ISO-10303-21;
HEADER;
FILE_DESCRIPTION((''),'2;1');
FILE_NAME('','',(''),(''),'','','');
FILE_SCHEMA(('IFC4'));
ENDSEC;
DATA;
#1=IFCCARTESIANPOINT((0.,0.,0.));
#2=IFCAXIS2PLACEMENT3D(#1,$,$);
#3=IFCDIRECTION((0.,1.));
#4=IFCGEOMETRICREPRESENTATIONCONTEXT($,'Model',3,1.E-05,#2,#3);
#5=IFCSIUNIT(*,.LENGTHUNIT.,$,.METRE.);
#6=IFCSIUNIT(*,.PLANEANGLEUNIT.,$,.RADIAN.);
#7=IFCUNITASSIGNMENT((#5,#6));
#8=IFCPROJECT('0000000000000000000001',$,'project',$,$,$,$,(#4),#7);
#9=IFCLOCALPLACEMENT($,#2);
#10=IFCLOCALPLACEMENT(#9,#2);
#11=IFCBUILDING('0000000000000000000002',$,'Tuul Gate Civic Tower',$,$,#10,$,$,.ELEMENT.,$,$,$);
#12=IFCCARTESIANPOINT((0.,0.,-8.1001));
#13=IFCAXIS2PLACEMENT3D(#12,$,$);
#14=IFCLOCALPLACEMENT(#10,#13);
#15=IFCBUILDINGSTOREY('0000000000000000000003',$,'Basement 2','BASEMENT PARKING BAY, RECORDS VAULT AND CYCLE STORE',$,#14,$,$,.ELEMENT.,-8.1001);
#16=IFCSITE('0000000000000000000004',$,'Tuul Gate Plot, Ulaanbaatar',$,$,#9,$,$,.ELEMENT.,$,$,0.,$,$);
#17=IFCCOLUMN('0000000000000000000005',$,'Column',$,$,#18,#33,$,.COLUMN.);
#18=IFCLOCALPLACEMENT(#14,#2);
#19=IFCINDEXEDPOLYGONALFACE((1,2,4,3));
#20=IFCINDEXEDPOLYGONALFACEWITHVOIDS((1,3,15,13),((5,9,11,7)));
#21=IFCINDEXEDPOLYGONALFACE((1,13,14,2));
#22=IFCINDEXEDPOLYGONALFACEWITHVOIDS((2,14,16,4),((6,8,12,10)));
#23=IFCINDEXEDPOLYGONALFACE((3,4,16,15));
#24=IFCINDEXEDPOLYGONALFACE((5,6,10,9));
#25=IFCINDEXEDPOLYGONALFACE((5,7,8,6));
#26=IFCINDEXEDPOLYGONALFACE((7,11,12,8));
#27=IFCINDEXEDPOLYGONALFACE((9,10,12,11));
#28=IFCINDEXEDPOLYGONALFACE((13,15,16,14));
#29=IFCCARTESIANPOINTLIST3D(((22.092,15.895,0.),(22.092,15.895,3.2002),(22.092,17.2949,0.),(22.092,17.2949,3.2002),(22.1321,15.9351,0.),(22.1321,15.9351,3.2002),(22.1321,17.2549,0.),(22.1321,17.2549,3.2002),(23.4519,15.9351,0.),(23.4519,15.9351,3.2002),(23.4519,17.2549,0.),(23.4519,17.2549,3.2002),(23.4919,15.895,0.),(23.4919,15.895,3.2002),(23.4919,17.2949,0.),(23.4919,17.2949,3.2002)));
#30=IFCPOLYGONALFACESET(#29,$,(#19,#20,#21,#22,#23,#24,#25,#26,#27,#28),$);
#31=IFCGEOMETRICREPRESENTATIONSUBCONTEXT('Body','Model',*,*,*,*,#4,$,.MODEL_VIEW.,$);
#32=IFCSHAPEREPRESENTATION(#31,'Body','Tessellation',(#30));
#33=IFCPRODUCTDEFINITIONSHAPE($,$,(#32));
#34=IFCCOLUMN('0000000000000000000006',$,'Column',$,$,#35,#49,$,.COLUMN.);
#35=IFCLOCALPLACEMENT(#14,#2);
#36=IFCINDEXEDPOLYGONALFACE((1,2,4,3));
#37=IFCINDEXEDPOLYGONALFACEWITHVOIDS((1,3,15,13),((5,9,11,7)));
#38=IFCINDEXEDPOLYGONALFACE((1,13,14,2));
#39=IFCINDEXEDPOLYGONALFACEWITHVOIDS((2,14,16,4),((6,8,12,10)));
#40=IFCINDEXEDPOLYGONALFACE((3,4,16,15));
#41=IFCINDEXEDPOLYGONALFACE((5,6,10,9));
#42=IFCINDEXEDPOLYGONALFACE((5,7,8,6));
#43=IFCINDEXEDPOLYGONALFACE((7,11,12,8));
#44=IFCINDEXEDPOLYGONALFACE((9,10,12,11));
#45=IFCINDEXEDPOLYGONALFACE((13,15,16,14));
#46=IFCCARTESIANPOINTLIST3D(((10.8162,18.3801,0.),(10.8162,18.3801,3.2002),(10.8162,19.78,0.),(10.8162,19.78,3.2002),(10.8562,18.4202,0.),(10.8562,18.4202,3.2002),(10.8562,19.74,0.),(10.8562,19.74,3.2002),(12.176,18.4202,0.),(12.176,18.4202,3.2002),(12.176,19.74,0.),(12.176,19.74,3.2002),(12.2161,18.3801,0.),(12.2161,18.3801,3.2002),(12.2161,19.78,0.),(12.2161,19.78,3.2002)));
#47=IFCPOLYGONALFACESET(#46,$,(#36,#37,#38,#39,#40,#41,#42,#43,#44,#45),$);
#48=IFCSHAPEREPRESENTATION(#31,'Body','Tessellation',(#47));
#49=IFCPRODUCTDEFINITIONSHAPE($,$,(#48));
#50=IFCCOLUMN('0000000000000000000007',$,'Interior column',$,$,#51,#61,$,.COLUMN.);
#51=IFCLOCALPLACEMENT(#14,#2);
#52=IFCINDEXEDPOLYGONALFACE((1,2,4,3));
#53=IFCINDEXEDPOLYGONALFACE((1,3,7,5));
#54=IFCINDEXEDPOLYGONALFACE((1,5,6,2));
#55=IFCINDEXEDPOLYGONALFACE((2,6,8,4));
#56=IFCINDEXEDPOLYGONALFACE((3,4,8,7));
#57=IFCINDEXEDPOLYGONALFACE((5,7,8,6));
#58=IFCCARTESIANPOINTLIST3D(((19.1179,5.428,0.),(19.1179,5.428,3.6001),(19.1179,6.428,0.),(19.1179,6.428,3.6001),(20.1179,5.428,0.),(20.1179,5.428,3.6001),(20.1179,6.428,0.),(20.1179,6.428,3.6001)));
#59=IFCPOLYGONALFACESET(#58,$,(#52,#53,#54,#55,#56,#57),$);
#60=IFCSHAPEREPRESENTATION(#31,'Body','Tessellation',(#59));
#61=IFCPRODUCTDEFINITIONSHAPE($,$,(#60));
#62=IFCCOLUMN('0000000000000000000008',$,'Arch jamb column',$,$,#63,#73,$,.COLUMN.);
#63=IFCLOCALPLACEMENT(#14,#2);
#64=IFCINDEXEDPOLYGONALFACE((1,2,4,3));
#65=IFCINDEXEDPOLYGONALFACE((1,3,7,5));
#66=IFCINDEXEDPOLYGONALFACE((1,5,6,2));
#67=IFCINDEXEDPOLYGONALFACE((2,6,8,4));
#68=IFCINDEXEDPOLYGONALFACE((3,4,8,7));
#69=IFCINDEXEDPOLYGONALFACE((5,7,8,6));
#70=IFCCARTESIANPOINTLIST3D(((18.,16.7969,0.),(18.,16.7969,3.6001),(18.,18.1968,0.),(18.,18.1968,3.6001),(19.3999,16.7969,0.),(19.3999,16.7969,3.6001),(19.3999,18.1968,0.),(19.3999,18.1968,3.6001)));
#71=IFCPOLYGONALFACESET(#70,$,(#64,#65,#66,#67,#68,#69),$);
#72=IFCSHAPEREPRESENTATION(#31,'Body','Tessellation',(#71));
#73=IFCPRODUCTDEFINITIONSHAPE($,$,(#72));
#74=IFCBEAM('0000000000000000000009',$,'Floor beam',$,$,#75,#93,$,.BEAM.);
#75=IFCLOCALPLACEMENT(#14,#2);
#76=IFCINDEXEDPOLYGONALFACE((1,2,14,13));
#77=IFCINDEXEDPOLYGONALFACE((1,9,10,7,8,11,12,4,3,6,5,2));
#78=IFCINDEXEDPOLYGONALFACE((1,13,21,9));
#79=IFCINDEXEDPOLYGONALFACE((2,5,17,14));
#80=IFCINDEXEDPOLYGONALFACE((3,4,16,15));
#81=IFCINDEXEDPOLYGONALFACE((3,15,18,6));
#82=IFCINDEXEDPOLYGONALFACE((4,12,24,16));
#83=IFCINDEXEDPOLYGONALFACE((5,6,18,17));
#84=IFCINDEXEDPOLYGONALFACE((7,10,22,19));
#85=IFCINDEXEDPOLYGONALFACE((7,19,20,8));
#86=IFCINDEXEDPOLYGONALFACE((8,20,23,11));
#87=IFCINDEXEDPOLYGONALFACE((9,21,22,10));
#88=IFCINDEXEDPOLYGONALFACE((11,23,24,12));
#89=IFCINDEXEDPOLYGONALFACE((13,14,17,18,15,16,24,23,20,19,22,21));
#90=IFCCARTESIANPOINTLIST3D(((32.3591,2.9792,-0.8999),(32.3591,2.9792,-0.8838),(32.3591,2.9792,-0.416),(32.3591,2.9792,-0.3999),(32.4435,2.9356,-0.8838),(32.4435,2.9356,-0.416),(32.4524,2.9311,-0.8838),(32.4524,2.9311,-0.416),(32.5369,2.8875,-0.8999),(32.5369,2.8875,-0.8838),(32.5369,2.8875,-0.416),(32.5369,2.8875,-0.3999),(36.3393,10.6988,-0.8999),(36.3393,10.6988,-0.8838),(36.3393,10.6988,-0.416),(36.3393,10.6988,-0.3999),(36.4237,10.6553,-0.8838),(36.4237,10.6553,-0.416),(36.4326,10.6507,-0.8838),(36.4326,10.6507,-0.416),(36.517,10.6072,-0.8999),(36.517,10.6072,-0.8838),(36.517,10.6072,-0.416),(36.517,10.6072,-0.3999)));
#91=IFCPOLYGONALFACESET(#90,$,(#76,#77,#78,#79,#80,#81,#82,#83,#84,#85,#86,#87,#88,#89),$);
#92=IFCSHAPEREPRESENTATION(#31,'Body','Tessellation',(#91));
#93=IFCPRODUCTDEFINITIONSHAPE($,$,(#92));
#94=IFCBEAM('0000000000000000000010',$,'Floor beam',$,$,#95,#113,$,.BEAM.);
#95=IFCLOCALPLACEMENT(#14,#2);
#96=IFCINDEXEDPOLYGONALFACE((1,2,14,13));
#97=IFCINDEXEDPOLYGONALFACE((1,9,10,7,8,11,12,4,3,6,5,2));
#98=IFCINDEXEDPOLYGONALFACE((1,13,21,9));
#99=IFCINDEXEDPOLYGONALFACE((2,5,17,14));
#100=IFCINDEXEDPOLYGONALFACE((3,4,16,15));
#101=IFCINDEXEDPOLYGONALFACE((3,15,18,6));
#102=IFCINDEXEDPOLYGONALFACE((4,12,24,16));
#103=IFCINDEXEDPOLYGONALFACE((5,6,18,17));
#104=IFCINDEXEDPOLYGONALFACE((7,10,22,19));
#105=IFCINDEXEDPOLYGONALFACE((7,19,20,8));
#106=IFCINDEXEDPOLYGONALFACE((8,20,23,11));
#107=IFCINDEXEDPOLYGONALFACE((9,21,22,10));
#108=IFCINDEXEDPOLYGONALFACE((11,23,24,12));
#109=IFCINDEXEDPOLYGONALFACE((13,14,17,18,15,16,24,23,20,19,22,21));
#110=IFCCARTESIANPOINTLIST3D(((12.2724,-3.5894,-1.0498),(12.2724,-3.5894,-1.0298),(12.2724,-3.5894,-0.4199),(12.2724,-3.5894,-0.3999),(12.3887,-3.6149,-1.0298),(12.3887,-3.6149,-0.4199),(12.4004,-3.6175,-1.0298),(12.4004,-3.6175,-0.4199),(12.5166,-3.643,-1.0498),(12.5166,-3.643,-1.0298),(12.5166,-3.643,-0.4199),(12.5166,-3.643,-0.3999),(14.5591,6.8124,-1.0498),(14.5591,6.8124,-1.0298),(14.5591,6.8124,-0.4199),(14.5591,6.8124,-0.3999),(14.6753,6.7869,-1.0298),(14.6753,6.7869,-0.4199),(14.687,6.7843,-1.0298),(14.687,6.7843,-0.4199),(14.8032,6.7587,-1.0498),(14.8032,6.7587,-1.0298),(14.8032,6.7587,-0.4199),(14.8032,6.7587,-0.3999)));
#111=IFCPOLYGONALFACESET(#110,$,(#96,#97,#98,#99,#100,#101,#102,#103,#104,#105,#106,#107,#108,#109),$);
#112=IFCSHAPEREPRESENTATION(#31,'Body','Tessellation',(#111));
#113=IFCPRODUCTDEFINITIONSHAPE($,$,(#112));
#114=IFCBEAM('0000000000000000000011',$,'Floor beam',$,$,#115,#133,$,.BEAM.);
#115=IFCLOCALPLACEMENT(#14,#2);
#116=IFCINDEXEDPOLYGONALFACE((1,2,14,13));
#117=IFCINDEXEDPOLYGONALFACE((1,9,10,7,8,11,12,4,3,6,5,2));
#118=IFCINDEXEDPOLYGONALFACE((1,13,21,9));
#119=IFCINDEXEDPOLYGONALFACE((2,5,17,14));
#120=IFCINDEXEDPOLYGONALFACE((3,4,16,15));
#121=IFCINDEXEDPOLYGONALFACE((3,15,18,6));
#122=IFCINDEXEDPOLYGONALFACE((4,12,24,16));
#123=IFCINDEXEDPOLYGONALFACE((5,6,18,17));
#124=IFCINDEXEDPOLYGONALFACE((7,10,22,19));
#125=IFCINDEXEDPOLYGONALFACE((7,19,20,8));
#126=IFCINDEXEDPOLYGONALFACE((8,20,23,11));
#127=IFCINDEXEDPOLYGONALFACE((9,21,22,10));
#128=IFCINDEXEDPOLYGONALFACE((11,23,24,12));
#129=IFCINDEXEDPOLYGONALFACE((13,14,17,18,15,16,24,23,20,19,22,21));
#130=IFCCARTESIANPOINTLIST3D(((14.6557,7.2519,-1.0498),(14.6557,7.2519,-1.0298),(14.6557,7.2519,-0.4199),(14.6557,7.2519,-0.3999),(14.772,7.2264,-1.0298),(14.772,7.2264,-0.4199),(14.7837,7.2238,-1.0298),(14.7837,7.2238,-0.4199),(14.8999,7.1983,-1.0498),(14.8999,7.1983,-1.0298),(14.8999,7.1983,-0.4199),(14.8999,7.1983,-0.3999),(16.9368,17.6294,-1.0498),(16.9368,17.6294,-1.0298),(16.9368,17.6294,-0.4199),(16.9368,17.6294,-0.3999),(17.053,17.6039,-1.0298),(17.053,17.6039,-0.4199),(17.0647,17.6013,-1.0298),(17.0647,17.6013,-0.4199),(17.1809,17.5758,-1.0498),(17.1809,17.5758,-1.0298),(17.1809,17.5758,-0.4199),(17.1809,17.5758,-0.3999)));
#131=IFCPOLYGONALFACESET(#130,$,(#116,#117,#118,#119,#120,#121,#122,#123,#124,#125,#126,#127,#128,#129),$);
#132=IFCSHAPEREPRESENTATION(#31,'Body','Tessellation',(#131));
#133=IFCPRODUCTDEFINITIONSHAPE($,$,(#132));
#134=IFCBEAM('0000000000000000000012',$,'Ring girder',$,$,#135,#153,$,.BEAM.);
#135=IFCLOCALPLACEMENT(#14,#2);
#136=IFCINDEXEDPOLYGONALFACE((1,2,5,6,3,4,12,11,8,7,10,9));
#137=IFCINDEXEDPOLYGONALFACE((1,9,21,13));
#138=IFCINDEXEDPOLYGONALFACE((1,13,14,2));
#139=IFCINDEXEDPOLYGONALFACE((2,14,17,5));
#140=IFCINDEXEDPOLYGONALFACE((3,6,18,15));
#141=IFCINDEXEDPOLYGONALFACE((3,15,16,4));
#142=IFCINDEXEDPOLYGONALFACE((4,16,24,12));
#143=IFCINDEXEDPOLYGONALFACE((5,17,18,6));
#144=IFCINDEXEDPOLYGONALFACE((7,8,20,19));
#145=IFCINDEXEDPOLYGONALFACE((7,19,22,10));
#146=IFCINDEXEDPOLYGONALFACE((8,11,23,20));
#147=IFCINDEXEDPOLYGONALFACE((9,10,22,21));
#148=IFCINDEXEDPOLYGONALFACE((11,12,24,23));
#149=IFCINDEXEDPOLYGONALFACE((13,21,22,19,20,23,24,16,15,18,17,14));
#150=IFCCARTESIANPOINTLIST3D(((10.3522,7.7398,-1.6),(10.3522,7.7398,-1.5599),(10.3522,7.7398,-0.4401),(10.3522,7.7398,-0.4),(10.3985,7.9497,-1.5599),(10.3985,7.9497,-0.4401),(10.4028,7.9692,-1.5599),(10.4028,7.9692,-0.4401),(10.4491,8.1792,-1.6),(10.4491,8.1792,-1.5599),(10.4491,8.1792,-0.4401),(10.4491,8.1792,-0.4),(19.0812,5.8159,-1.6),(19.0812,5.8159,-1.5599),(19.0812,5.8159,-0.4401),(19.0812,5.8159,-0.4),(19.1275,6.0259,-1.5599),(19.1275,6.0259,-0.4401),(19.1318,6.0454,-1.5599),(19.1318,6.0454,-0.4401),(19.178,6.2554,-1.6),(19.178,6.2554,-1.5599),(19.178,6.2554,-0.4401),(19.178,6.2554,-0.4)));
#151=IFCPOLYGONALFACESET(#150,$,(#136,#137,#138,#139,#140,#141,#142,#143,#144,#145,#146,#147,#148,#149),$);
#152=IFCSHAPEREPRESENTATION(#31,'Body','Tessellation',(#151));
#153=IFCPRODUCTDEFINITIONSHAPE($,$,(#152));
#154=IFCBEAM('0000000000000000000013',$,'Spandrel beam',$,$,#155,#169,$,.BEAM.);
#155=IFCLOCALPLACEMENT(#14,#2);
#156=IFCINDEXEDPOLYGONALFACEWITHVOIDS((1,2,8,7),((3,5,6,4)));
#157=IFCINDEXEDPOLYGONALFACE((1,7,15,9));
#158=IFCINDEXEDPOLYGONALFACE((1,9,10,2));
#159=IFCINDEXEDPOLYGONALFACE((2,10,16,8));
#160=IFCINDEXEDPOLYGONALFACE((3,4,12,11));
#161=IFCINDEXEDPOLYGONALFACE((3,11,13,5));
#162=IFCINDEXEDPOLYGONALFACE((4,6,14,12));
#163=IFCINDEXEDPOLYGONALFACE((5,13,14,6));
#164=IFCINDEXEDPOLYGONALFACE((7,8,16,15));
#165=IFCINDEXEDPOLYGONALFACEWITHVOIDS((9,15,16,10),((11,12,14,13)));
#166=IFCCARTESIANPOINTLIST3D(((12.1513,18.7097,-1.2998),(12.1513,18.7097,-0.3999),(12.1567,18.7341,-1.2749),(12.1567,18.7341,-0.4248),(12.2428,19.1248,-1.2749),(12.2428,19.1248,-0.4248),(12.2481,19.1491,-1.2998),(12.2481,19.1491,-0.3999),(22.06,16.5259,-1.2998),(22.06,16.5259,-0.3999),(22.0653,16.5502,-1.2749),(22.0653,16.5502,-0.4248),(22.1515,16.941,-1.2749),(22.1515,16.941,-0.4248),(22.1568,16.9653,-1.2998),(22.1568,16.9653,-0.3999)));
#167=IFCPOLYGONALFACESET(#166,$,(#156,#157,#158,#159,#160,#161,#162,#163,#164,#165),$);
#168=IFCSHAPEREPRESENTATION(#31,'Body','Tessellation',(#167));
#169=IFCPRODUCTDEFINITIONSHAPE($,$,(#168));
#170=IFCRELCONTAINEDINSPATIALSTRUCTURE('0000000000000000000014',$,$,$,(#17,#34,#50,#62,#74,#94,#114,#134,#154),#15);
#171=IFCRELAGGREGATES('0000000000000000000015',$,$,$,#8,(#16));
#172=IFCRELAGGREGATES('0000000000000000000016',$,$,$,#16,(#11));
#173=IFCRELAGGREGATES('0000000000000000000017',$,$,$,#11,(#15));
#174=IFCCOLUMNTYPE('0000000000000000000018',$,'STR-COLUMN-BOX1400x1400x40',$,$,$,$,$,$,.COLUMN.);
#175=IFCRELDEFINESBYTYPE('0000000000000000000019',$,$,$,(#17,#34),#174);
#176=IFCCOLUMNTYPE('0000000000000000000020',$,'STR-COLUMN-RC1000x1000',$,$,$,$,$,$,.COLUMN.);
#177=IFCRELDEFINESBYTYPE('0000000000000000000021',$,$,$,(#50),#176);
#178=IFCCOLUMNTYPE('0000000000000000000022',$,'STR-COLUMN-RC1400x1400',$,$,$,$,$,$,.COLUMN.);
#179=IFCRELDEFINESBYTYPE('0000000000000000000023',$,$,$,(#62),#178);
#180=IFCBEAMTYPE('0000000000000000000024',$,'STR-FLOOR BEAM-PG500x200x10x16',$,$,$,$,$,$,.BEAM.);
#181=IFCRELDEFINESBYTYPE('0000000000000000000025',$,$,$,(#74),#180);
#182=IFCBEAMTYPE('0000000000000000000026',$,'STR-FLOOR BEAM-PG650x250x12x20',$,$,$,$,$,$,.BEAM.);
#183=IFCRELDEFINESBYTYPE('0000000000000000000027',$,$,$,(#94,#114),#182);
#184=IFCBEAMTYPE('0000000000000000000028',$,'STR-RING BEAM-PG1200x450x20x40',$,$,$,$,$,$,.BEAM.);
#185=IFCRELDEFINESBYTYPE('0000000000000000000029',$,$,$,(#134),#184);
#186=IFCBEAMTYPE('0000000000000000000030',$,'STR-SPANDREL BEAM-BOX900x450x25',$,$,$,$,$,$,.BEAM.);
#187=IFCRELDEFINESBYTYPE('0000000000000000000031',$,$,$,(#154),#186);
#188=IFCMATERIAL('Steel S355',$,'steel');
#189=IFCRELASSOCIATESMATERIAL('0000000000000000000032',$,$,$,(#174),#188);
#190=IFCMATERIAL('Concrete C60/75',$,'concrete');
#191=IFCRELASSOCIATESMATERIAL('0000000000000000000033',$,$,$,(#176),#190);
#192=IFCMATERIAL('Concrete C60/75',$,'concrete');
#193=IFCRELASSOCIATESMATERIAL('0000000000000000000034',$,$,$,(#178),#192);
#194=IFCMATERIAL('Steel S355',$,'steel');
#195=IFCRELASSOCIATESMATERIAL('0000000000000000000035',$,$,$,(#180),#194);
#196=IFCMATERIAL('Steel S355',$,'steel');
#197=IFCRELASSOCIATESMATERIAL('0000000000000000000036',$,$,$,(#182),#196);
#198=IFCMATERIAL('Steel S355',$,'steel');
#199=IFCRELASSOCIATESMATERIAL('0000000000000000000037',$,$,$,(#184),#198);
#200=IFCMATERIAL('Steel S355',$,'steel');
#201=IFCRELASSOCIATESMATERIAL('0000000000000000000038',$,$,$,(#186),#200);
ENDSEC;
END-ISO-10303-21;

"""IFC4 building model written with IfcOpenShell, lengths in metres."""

from ifc_helpers import new_model, si_unit, direction, frame, origin, origin_2d, place, context, subcontext, project, spatial, rectangle, hollow_rectangle, i_section, extrude, material, material_profile, profile_set, type_object, element, save


model = new_model("IFC4")

# Units and contexts
model_context = context("Model", 3, precision=1e-05, world=origin(), true_north=direction((0.0, 1.0)))
body_context = subcontext(model_context, "Body", "Model", "MODEL_VIEW")
ifc_project = project(units=[si_unit("LENGTHUNIT", "METRE"), si_unit("PLANEANGLEUNIT", "RADIAN")], contexts=[model_context])

# Site, building, storey
site_placement = place(None, origin())
site = spatial("IfcSite", under=ifc_project, at=site_placement, Name="Tuul Gate Plot, Ulaanbaatar", CompositionType="ELEMENT", RefElevation=0.0)
building_placement = place(site_placement, origin())
building = spatial("IfcBuilding", under=site, at=building_placement, Name="Tuul Gate Civic Tower", CompositionType="ELEMENT")
storey_placement = place(building_placement, frame((0.0, 0.0, -8.1001)))
storey = spatial("IfcBuildingStorey", under=building, at=storey_placement, Name="Basement 2", Description="BASEMENT PARKING BAY, RECORDS VAULT AND CYCLE STORE", CompositionType="ELEMENT", Elevation=-8.1001)

# Columns
ifc_material_1 = material(Name="Steel S355", Category="steel")
ifc_material_profile_1 = material_profile(ifc_material_1, hollow_rectangle(XDim=1.3999, YDim=1.3999, WallThickness=0.04, at=origin_2d()), Name="BOX1400x1400x40")
ifc_profile_set_1 = profile_set([ifc_material_profile_1], Name="Steel S355")
column_type_1 = type_object("IfcColumnType", Name="STR-COLUMN-BOX1400x1400x40", PredefinedType="COLUMN", material=ifc_profile_set_1)
for number, where, z_axis, x_axis, name in (
    (1, (22.792, 16.595, 0.0), (0.0, 0.0, 1.0), (1.0, 0.0, 0.0), "Column"),
    (2, (11.5161, 19.0801, 0.0), (0.0, 0.0, 1.0), (1.0, 0.0, 0.0), "Column"),
):
    element("IfcColumn", number, at=place(storey_placement, frame(where, z_axis=z_axis, x_axis=x_axis)), inside=storey, type_object=column_type_1, Name=name, PredefinedType="COLUMN", context=body_context, shape_type="SweptSolid", body=[
        extrude(hollow_rectangle(XDim=1.3999, YDim=1.3999, WallThickness=0.04, at=origin_2d()), origin(), (0.0, 0.0, 1.0), 3.2002),
    ])
ifc_material_2 = material(Name="Concrete C60/75", Category="concrete")
ifc_material_profile_2 = material_profile(ifc_material_2, rectangle(XDim=1.0, YDim=1.0, at=origin_2d()), Name="RC1000x1000")
ifc_profile_set_2 = profile_set([ifc_material_profile_2], Name="Concrete C60/75")
column_type_2 = type_object("IfcColumnType", Name="STR-COLUMN-RC1000x1000", PredefinedType="COLUMN", material=ifc_profile_set_2)
column_1_placement = place(storey_placement, frame((19.6179, 5.928, 0.0), z_axis=(0.0, 0.0, 1.0), x_axis=(1.0, 0.0, 0.0)))
element("IfcColumn", 3, at=column_1_placement, inside=storey, type_object=column_type_2, Name="Interior column", PredefinedType="COLUMN", context=body_context, shape_type="SweptSolid", body=[
    extrude(rectangle(XDim=1.0, YDim=1.0, at=origin_2d()), origin(), (0.0, 0.0, 1.0), 3.6001),
])
ifc_material_3 = material(Name="Concrete C60/75", Category="concrete")
ifc_material_profile_3 = material_profile(ifc_material_3, rectangle(XDim=1.3999, YDim=1.3999, at=origin_2d()), Name="RC1400x1400")
ifc_profile_set_3 = profile_set([ifc_material_profile_3], Name="Concrete C60/75")
column_type_3 = type_object("IfcColumnType", Name="STR-COLUMN-RC1400x1400", PredefinedType="COLUMN", material=ifc_profile_set_3)
column_2_placement = place(storey_placement, frame((18.7, 17.4968, 0.0), z_axis=(0.0, 0.0, 1.0), x_axis=(1.0, 0.0, 0.0)))
element("IfcColumn", 4, at=column_2_placement, inside=storey, type_object=column_type_3, Name="Arch jamb column", PredefinedType="COLUMN", context=body_context, shape_type="SweptSolid", body=[
    extrude(rectangle(XDim=1.3999, YDim=1.3999, at=origin_2d()), origin(), (0.0, 0.0, 1.0), 3.6001),
])

# Beams
ifc_material_4 = material(Name="Steel S355", Category="steel")
ifc_material_profile_4 = material_profile(ifc_material_4, i_section(OverallWidth=0.2, OverallDepth=0.5, WebThickness=0.01, FlangeThickness=0.0161, at=origin_2d()), Name="PG500x200x10x16")
ifc_profile_set_4 = profile_set([ifc_material_profile_4], Name="Steel S355")
beam_type_1 = type_object("IfcBeamType", Name="STR-FLOOR BEAM-PG500x200x10x16", PredefinedType="BEAM", material=ifc_profile_set_4)
beam_1_placement = place(storey_placement, frame((32.448, 2.9333, -0.6499), z_axis=(0.458266, 0.888815, 0.0), x_axis=(-0.888815, 0.458266, 0.0)))
element("IfcBeam", 5, at=beam_1_placement, inside=storey, type_object=beam_type_1, Name="Floor beam", PredefinedType="BEAM", context=body_context, shape_type="SweptSolid", body=[
    extrude(i_section(OverallWidth=0.2, OverallDepth=0.5, WebThickness=0.01, FlangeThickness=0.0161, at=origin_2d()), origin(), (0.0, 0.0, 1.0), 8.6853),
])
ifc_material_5 = material(Name="Steel S355", Category="steel")
ifc_material_profile_5 = material_profile(ifc_material_5, i_section(OverallWidth=0.25, OverallDepth=0.6499, WebThickness=0.012, FlangeThickness=0.02, at=origin_2d()), Name="PG650x250x12x20")
ifc_profile_set_5 = profile_set([ifc_material_profile_5], Name="Steel S355")
beam_type_2 = type_object("IfcBeamType", Name="STR-FLOOR BEAM-PG650x250x12x20", PredefinedType="BEAM", material=ifc_profile_set_5)
beam_2_placement = place(storey_placement, frame((12.3945, -3.6162, -0.7249), z_axis=(0.214702, 0.97668, 0.0), x_axis=(-0.97668, 0.214702, 0.0)))
element("IfcBeam", 6, at=beam_2_placement, inside=storey, type_object=beam_type_2, Name="Floor beam", PredefinedType="BEAM", context=body_context, shape_type="SweptSolid", body=[
    extrude(i_section(OverallWidth=0.25, OverallDepth=0.6499, WebThickness=0.012, FlangeThickness=0.02, at=origin_2d()), origin(), (0.0, 0.0, 1.0), 10.6501),
])
beam_3_placement = place(storey_placement, frame((14.7778, 7.2251, -0.7249), z_axis=(0.214679, 0.976685, 0.0), x_axis=(-0.976685, 0.214679, 0.0)))
element("IfcBeam", 7, at=beam_3_placement, inside=storey, type_object=beam_type_2, Name="Floor beam", PredefinedType="BEAM", context=body_context, shape_type="SweptSolid", body=[
    extrude(i_section(OverallWidth=0.25, OverallDepth=0.6499, WebThickness=0.012, FlangeThickness=0.02, at=origin_2d()), origin(), (0.0, 0.0, 1.0), 10.6252),
])
ifc_material_6 = material(Name="Steel S355", Category="steel")
ifc_material_profile_6 = material_profile(ifc_material_6, i_section(OverallWidth=0.45, OverallDepth=1.2, WebThickness=0.02, FlangeThickness=0.04, at=origin_2d()), Name="PG1200x450x20x40")
ifc_profile_set_6 = profile_set([ifc_material_profile_6], Name="Steel S355")
beam_type_3 = type_object("IfcBeamType", Name="STR-RING BEAM-PG1200x450x20x40", PredefinedType="BEAM", material=ifc_profile_set_6)
beam_4_placement = place(storey_placement, frame((10.4006, 7.9595, -1.0), z_axis=(0.976563, -0.21523, 0.0), x_axis=(0.21523, 0.976563, 0.0)))
element("IfcBeam", 8, at=beam_4_placement, inside=storey, type_object=beam_type_3, Name="Ring girder", PredefinedType="BEAM", context=body_context, shape_type="SweptSolid", body=[
    extrude(i_section(OverallWidth=0.45, OverallDepth=1.2, WebThickness=0.02, FlangeThickness=0.04, at=origin_2d()), origin(), (0.0, 0.0, 1.0), 8.9385),
])
ifc_material_7 = material(Name="Steel S355", Category="steel")
ifc_material_profile_7 = material_profile(ifc_material_7, hollow_rectangle(XDim=0.45, YDim=0.8999, WallThickness=0.0249, at=origin_2d()), Name="BOX900x450x25")
ifc_profile_set_7 = profile_set([ifc_material_profile_7], Name="Steel S355")
beam_type_4 = type_object("IfcBeamType", Name="STR-SPANDREL BEAM-BOX900x450x25", PredefinedType="BEAM", material=ifc_profile_set_7)
beam_5_placement = place(storey_placement, frame((22.1084, 16.7456, -0.8499), z_axis=(-0.976563, 0.215231, 0.0), x_axis=(-0.215231, -0.976563, 0.0)))
element("IfcBeam", 9, at=beam_5_placement, inside=storey, type_object=beam_type_4, Name="Spandrel beam", PredefinedType="BEAM", context=body_context, shape_type="SweptSolid", body=[
    extrude(hollow_rectangle(XDim=0.45, YDim=0.8999, WallThickness=0.0249, at=origin_2d()), origin(), (0.0, 0.0, 1.0), 10.1465),
])

save(model, "model.ifc")
